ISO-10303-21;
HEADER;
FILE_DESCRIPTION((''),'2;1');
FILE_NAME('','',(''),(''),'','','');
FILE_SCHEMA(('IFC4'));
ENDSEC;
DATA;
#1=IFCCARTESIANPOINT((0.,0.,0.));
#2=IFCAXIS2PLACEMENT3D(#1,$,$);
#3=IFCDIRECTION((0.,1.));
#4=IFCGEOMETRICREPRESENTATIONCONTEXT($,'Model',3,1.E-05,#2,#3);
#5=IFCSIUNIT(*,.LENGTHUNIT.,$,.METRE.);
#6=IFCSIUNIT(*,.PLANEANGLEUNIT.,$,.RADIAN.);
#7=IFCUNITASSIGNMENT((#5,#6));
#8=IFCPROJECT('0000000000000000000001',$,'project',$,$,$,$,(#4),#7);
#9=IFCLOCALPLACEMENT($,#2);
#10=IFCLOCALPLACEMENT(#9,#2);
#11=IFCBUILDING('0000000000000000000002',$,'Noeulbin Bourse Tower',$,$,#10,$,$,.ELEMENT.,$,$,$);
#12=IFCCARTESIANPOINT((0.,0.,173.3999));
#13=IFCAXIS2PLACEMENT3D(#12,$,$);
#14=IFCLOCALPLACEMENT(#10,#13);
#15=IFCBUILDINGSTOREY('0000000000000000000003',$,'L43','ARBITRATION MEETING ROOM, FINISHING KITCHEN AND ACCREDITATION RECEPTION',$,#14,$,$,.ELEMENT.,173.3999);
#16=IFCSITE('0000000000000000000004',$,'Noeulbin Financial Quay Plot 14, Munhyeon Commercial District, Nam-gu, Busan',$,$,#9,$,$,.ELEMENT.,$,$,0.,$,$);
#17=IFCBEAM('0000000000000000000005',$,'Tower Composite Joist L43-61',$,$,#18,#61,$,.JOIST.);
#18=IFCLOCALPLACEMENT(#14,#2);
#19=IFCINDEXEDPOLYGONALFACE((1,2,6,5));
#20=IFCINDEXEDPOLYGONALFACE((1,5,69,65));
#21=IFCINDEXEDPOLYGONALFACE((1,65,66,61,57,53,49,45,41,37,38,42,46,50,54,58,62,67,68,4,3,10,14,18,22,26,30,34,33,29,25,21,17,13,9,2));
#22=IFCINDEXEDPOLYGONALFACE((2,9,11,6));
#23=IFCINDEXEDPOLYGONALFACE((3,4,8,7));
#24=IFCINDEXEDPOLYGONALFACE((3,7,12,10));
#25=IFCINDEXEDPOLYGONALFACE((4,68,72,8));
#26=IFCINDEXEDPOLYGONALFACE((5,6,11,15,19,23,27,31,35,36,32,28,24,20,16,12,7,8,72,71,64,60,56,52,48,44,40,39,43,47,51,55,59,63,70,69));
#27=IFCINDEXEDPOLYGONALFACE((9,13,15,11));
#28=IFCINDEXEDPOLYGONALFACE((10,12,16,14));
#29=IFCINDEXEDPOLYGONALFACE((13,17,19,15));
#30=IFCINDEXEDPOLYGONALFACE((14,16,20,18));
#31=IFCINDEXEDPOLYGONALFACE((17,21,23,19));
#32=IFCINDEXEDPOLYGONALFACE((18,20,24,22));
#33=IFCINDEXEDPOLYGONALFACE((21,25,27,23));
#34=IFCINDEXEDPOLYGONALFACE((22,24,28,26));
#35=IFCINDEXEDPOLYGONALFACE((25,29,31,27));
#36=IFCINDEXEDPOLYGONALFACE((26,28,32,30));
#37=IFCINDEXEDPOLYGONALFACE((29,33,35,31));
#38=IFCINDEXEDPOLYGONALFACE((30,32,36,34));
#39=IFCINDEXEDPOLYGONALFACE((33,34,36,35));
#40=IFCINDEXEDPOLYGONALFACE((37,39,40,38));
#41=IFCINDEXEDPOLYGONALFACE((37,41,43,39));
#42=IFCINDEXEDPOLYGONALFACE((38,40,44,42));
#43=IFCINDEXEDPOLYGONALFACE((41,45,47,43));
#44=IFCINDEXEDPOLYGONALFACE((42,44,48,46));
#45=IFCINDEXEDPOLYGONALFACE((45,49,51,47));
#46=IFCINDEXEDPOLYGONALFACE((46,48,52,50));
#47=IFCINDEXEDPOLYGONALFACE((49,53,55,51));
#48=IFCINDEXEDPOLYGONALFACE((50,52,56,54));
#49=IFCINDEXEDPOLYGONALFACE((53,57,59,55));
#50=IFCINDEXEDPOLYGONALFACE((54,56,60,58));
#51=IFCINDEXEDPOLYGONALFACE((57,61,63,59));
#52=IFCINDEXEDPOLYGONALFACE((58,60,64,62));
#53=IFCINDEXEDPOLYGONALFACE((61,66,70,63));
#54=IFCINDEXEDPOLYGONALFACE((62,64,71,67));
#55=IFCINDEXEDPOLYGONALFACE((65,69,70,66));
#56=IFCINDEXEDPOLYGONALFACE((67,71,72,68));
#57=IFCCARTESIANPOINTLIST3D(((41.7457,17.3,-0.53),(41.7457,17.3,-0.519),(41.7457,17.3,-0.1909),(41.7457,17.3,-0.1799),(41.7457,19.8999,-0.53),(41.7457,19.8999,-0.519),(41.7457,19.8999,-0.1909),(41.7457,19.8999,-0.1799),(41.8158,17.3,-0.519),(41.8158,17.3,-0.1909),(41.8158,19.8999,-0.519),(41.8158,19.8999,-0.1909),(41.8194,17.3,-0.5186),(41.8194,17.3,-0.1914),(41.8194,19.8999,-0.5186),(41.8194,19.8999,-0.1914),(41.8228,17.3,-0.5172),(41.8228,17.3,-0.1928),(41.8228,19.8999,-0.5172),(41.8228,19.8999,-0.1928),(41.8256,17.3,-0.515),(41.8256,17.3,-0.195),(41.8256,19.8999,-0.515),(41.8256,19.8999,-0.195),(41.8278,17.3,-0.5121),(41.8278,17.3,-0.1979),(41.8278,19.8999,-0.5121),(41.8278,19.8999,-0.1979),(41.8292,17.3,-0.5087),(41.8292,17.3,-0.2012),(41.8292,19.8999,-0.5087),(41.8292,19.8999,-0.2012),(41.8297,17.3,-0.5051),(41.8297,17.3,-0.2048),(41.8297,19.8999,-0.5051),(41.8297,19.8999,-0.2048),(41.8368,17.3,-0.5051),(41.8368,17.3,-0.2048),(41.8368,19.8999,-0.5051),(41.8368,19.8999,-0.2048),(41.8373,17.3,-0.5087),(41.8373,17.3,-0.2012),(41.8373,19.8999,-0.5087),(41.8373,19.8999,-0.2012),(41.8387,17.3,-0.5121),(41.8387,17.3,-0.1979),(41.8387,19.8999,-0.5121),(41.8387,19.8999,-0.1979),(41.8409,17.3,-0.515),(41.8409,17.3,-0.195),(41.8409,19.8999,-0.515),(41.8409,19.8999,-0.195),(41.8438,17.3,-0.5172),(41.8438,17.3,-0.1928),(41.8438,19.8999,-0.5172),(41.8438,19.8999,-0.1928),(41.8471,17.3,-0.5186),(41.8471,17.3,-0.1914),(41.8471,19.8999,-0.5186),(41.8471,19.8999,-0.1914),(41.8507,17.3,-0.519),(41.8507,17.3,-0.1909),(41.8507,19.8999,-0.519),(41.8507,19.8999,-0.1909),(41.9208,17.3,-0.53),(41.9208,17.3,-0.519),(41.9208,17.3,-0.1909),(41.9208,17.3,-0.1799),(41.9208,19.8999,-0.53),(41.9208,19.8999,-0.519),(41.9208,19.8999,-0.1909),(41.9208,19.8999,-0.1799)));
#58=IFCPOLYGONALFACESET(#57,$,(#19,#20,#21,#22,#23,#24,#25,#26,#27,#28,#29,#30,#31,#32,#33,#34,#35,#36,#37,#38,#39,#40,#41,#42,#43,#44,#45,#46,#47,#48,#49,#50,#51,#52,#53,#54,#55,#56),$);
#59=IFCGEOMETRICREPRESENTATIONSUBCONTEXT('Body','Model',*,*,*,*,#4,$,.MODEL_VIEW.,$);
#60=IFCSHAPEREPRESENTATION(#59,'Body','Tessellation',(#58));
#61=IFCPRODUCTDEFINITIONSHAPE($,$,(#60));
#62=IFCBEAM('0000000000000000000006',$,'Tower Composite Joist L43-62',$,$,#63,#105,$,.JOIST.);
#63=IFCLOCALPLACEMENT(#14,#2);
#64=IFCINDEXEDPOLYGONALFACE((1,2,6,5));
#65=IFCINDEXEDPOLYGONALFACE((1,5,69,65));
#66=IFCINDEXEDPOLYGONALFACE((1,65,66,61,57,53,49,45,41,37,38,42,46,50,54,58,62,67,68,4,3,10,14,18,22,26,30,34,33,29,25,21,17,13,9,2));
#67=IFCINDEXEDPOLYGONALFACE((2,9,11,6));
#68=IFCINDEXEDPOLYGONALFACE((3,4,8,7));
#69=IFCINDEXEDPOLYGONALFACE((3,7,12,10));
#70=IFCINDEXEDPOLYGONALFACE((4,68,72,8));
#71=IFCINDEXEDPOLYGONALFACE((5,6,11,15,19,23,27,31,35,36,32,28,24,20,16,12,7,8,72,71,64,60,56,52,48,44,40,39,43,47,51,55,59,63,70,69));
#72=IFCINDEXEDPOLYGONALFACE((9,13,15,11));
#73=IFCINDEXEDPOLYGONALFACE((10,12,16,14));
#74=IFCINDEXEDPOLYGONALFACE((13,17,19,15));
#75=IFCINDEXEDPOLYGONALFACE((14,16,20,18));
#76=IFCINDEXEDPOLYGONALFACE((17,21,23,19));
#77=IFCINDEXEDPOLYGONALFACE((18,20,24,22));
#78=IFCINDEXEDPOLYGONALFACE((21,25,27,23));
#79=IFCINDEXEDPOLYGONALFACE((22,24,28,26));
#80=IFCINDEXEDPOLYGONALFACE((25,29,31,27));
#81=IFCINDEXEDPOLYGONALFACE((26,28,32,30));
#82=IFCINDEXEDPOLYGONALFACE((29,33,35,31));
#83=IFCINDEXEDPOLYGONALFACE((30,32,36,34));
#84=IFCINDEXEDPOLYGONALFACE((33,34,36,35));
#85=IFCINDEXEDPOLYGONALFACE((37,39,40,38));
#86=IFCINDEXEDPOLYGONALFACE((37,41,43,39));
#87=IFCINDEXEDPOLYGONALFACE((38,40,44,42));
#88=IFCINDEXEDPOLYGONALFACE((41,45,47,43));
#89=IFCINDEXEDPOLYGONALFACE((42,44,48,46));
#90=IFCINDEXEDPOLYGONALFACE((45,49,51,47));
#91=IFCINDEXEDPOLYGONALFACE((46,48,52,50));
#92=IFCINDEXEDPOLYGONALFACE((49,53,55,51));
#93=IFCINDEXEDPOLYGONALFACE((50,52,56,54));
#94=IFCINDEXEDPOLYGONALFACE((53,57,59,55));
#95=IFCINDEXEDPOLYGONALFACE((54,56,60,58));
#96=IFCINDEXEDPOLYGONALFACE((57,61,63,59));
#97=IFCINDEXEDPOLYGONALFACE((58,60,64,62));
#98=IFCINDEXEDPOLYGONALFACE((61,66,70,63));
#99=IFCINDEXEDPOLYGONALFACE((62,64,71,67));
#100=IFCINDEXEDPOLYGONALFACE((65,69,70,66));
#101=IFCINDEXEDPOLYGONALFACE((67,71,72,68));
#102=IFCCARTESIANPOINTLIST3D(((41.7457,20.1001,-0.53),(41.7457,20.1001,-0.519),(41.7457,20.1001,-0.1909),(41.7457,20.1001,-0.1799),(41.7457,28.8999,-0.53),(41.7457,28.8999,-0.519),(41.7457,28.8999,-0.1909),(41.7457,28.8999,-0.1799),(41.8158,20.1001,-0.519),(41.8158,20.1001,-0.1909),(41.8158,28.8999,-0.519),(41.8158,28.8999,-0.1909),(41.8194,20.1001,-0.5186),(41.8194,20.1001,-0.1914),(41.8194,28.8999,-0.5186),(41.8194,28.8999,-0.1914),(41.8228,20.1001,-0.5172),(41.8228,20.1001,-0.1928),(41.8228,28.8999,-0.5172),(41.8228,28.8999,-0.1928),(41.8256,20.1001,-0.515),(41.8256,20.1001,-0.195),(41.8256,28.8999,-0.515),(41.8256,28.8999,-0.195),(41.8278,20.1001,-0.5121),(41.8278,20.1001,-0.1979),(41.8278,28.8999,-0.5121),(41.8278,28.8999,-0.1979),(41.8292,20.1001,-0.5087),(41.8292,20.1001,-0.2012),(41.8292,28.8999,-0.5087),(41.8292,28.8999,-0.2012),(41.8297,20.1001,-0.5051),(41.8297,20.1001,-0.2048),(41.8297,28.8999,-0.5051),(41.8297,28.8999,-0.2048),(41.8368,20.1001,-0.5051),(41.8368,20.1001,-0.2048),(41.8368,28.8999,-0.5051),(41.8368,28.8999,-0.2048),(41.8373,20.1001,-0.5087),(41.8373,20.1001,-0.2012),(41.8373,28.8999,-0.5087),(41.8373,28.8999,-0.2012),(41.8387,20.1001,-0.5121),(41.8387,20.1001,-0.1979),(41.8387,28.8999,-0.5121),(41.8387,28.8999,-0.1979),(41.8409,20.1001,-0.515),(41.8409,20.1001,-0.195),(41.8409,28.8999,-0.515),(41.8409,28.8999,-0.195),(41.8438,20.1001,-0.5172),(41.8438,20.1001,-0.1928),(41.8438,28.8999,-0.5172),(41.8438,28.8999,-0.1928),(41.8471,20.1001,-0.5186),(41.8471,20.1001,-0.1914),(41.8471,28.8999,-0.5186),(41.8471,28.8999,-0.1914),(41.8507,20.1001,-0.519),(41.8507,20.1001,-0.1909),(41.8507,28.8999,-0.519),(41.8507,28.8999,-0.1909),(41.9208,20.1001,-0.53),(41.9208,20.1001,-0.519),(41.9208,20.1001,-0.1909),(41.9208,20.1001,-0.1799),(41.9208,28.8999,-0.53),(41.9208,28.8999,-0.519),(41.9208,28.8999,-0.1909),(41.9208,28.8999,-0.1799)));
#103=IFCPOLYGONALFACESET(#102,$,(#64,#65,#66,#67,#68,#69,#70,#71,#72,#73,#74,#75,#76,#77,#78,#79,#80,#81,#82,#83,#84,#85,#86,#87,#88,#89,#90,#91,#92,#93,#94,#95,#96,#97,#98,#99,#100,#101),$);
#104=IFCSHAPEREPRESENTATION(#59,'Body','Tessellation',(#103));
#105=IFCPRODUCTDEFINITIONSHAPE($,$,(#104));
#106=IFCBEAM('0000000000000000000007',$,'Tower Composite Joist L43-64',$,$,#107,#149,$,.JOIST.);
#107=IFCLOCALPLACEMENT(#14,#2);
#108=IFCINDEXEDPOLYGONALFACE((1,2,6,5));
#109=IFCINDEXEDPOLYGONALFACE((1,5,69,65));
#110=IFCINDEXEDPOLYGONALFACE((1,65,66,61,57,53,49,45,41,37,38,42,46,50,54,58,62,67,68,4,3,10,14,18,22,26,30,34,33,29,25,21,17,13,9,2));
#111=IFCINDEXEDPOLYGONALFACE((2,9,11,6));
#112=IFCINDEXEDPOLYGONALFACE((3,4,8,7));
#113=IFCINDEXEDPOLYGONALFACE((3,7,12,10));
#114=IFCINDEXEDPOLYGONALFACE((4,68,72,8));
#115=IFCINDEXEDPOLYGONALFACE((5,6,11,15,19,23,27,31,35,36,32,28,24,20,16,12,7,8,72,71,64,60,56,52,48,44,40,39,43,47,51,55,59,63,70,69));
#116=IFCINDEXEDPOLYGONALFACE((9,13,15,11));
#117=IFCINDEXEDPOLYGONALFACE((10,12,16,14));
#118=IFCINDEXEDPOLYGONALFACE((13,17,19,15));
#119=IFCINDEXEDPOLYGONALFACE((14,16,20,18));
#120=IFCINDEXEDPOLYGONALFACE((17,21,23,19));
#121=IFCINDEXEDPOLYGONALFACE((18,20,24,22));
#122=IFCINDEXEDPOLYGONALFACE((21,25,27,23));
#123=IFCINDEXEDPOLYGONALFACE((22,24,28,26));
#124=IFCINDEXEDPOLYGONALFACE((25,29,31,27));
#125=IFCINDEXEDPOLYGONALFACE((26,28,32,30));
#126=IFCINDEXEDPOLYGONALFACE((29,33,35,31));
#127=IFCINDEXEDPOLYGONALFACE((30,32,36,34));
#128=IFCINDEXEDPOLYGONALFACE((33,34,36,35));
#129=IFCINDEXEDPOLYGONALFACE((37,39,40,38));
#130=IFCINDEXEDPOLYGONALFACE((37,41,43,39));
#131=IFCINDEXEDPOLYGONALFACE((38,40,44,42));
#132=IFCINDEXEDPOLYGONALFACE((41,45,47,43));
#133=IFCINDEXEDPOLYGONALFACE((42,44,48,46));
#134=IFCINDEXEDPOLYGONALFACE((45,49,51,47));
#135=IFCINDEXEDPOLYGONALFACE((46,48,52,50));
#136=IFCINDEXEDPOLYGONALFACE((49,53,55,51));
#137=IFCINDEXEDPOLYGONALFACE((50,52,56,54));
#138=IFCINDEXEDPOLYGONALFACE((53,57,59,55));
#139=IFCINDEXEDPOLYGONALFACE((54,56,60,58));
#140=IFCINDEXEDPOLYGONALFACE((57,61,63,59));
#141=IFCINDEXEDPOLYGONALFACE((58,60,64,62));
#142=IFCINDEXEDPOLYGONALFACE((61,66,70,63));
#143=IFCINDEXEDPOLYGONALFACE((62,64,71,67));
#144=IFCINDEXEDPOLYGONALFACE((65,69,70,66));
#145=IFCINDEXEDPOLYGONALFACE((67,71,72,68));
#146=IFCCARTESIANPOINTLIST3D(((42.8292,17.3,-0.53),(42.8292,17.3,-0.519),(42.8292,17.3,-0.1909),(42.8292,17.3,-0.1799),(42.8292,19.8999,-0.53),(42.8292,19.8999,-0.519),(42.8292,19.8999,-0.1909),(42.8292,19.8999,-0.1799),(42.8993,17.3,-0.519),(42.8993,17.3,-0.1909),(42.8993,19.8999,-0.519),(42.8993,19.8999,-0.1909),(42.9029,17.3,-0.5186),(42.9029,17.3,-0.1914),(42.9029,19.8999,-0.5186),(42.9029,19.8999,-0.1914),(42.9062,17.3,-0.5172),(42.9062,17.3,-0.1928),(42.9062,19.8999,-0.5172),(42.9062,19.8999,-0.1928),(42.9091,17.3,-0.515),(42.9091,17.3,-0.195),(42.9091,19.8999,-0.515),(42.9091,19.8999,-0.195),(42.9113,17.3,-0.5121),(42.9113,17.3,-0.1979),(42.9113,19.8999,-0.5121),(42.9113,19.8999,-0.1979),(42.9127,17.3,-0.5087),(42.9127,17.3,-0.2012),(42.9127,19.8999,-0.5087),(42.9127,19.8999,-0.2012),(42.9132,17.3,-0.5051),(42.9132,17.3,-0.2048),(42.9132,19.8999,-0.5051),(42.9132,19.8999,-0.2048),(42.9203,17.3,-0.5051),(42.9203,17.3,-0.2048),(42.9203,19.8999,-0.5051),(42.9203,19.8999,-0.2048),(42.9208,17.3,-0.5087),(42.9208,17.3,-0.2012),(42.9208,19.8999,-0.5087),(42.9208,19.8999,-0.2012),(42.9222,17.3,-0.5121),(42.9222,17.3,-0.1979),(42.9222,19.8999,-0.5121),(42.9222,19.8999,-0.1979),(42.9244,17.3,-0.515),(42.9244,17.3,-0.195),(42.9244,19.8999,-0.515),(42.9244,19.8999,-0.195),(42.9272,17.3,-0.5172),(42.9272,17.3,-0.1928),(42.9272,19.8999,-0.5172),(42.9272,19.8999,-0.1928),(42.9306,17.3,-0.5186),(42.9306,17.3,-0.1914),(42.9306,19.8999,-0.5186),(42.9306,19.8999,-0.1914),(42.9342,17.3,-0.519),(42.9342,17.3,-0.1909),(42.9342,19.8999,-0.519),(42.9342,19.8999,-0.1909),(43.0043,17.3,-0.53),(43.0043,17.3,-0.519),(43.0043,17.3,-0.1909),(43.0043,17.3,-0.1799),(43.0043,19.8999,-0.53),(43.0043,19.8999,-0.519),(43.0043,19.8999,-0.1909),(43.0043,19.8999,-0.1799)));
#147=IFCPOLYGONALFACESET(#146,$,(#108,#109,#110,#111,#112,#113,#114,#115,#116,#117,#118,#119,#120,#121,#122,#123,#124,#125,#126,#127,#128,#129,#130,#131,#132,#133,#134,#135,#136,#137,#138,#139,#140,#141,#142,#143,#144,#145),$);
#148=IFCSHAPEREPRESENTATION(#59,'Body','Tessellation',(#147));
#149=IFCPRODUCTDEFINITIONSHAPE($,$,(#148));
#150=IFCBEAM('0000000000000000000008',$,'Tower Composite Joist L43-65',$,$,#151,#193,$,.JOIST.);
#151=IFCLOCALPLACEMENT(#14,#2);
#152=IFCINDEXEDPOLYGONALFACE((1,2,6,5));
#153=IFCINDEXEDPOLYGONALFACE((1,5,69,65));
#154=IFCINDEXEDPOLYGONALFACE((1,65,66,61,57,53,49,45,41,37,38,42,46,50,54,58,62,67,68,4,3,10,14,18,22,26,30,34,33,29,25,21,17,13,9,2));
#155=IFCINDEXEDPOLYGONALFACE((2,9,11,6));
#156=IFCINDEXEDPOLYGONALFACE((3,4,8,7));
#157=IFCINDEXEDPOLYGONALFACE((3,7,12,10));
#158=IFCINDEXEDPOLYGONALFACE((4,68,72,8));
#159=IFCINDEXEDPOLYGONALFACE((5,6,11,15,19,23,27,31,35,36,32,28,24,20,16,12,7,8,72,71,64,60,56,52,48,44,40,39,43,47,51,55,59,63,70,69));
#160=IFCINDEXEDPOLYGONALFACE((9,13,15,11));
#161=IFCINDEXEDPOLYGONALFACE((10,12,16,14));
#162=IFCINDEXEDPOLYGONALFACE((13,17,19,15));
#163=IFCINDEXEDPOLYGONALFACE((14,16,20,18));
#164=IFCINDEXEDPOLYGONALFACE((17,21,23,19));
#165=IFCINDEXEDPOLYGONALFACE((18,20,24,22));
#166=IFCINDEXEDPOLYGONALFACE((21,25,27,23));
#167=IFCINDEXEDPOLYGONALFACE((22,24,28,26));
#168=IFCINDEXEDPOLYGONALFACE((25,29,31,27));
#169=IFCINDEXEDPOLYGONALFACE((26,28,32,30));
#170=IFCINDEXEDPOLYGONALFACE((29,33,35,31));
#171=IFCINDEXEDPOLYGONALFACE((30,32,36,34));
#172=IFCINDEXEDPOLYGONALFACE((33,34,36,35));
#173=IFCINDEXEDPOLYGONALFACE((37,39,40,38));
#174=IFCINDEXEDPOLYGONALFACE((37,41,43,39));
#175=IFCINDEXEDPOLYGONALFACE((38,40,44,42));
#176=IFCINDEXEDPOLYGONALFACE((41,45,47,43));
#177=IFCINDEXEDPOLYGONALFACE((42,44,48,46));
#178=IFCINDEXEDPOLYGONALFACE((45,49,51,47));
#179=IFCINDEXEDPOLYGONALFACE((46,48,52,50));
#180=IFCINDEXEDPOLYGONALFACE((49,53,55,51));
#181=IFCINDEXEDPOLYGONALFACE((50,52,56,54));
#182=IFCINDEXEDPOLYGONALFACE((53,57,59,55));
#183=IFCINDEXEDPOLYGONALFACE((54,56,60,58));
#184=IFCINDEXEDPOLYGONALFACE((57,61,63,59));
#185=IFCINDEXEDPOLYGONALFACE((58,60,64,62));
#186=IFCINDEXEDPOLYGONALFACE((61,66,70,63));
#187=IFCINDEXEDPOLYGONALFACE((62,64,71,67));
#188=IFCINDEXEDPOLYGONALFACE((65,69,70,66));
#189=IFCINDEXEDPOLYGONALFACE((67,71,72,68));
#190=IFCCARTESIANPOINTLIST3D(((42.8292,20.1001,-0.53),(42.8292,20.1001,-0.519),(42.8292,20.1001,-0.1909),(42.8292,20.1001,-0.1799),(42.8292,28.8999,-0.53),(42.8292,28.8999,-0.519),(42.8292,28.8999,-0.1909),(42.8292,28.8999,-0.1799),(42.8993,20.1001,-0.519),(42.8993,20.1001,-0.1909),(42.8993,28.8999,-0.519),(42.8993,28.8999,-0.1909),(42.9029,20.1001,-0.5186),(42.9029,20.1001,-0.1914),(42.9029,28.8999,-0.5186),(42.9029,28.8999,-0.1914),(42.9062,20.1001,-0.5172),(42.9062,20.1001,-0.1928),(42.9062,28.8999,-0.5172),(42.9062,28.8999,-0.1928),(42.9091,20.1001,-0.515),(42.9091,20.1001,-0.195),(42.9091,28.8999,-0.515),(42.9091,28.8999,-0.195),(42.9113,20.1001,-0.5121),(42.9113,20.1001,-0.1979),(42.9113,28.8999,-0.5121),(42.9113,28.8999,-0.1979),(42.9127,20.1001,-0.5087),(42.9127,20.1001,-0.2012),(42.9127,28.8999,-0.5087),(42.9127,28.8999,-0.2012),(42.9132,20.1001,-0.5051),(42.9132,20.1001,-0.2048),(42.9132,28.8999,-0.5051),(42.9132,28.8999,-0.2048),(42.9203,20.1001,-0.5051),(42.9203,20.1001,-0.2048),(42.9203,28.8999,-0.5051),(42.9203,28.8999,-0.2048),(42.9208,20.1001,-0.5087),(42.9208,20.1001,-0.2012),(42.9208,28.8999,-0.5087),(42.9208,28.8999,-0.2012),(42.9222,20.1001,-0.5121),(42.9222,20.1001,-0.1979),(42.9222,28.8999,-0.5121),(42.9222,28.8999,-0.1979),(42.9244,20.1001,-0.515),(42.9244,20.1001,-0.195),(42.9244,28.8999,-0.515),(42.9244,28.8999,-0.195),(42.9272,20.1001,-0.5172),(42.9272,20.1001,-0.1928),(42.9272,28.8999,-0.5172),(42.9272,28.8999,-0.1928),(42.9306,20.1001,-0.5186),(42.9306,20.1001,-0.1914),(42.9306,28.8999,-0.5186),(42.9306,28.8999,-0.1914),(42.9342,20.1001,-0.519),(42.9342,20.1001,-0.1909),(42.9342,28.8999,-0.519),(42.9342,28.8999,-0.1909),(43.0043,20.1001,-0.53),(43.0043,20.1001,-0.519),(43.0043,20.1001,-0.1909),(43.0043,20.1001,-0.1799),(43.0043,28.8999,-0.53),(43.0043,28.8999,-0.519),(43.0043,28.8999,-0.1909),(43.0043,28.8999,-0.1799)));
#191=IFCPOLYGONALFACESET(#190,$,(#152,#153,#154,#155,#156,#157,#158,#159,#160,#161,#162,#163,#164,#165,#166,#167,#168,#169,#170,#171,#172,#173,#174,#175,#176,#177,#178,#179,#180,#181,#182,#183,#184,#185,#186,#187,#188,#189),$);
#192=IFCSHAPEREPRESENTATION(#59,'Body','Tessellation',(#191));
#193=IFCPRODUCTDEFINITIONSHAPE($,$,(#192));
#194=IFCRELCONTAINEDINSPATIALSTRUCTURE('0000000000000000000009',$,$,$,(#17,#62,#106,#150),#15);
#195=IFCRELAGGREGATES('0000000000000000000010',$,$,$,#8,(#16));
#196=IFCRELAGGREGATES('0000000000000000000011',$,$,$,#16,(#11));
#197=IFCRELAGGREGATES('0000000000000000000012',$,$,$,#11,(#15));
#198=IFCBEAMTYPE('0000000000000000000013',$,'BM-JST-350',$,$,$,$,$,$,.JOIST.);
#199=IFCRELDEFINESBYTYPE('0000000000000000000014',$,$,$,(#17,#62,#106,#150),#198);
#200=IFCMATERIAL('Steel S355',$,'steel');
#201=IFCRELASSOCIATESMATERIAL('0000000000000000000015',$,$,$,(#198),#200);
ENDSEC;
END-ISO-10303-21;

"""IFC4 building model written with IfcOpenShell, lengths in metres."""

from ifc_helpers import new_model, si_unit, direction, frame, origin, origin_2d, place, context, subcontext, project, spatial, i_section, extrude, material, material_profile, profile_set, type_object, element, save


model = new_model("IFC4")

# Units and contexts
model_context = context("Model", 3, precision=1e-05, world=origin(), true_north=direction((0.0, 1.0)))
body_context = subcontext(model_context, "Body", "Model", "MODEL_VIEW")
ifc_project = project(units=[si_unit("LENGTHUNIT", "METRE"), si_unit("PLANEANGLEUNIT", "RADIAN")], contexts=[model_context])

# Site, building, storey
site_placement = place(None, origin())
site = spatial("IfcSite", under=ifc_project, at=site_placement, Name="Noeulbin Financial Quay Plot 14, Munhyeon Commercial District, Nam-gu, Busan", CompositionType="ELEMENT", RefElevation=0.0)
building_placement = place(site_placement, origin())
building = spatial("IfcBuilding", under=site, at=building_placement, Name="Noeulbin Bourse Tower", CompositionType="ELEMENT")
storey_placement = place(building_placement, frame((0.0, 0.0, 173.3999)))
storey = spatial("IfcBuildingStorey", under=building, at=storey_placement, Name="L43", Description="ARBITRATION MEETING ROOM, FINISHING KITCHEN AND ACCREDITATION RECEPTION", CompositionType="ELEMENT", Elevation=173.3999)

# Shared definitions
ifc_material_1 = material(Name="Steel S355", Category="steel")

# Beams
ifc_material_profile_1 = material_profile(ifc_material_1, i_section(OverallWidth=0.175, OverallDepth=0.3501, WebThickness=0.0071, FlangeThickness=0.011, FilletRadius=0.0139, at=origin_2d()), Name="H-350x175x7x11", Category="LoadBearing")
ifc_profile_set_1 = profile_set([ifc_material_profile_1], Name="Steel S355")
beam_type_1 = type_object("IfcBeamType", Name="BM-JST-350", PredefinedType="JOIST", material=ifc_profile_set_1)
beam_1_placement = place(storey_placement, frame((41.8333, 17.3, -0.355), z_axis=(0.0, 1.0, 0.0), x_axis=(-1.0, 0.0, 0.0)))
element("IfcBeam", 1, at=beam_1_placement, inside=storey, type_object=beam_type_1, Name="Tower Composite Joist L43-61", PredefinedType="JOIST", context=body_context, shape_type="SweptSolid", body=[
    extrude(i_section(OverallWidth=0.175, OverallDepth=0.3501, WebThickness=0.0071, FlangeThickness=0.011, FilletRadius=0.0139, at=origin_2d()), origin(), (0.0, 0.0, 1.0), 2.5999),
])
beam_2_placement = place(storey_placement, frame((41.8333, 20.1001, -0.355), z_axis=(0.0, 1.0, 0.0), x_axis=(-1.0, 0.0, 0.0)))
element("IfcBeam", 2, at=beam_2_placement, inside=storey, type_object=beam_type_1, Name="Tower Composite Joist L43-62", PredefinedType="JOIST", context=body_context, shape_type="SweptSolid", body=[
    extrude(i_section(OverallWidth=0.175, OverallDepth=0.3501, WebThickness=0.0071, FlangeThickness=0.011, FilletRadius=0.0139, at=origin_2d()), origin(), (0.0, 0.0, 1.0), 8.7998),
])
beam_3_placement = place(storey_placement, frame((42.9167, 17.3, -0.355), z_axis=(0.0, 1.0, 0.0), x_axis=(-1.0, 0.0, 0.0)))
element("IfcBeam", 3, at=beam_3_placement, inside=storey, type_object=beam_type_1, Name="Tower Composite Joist L43-64", PredefinedType="JOIST", context=body_context, shape_type="SweptSolid", body=[
    extrude(i_section(OverallWidth=0.175, OverallDepth=0.3501, WebThickness=0.0071, FlangeThickness=0.011, FilletRadius=0.0139, at=origin_2d()), origin(), (0.0, 0.0, 1.0), 2.5999),
])
beam_4_placement = place(storey_placement, frame((42.9167, 20.1001, -0.355), z_axis=(0.0, 1.0, 0.0), x_axis=(-1.0, 0.0, 0.0)))
element("IfcBeam", 4, at=beam_4_placement, inside=storey, type_object=beam_type_1, Name="Tower Composite Joist L43-65", PredefinedType="JOIST", context=body_context, shape_type="SweptSolid", body=[
    extrude(i_section(OverallWidth=0.175, OverallDepth=0.3501, WebThickness=0.0071, FlangeThickness=0.011, FilletRadius=0.0139, at=origin_2d()), origin(), (0.0, 0.0, 1.0), 8.7998),
])

save(model, "model.ifc")
